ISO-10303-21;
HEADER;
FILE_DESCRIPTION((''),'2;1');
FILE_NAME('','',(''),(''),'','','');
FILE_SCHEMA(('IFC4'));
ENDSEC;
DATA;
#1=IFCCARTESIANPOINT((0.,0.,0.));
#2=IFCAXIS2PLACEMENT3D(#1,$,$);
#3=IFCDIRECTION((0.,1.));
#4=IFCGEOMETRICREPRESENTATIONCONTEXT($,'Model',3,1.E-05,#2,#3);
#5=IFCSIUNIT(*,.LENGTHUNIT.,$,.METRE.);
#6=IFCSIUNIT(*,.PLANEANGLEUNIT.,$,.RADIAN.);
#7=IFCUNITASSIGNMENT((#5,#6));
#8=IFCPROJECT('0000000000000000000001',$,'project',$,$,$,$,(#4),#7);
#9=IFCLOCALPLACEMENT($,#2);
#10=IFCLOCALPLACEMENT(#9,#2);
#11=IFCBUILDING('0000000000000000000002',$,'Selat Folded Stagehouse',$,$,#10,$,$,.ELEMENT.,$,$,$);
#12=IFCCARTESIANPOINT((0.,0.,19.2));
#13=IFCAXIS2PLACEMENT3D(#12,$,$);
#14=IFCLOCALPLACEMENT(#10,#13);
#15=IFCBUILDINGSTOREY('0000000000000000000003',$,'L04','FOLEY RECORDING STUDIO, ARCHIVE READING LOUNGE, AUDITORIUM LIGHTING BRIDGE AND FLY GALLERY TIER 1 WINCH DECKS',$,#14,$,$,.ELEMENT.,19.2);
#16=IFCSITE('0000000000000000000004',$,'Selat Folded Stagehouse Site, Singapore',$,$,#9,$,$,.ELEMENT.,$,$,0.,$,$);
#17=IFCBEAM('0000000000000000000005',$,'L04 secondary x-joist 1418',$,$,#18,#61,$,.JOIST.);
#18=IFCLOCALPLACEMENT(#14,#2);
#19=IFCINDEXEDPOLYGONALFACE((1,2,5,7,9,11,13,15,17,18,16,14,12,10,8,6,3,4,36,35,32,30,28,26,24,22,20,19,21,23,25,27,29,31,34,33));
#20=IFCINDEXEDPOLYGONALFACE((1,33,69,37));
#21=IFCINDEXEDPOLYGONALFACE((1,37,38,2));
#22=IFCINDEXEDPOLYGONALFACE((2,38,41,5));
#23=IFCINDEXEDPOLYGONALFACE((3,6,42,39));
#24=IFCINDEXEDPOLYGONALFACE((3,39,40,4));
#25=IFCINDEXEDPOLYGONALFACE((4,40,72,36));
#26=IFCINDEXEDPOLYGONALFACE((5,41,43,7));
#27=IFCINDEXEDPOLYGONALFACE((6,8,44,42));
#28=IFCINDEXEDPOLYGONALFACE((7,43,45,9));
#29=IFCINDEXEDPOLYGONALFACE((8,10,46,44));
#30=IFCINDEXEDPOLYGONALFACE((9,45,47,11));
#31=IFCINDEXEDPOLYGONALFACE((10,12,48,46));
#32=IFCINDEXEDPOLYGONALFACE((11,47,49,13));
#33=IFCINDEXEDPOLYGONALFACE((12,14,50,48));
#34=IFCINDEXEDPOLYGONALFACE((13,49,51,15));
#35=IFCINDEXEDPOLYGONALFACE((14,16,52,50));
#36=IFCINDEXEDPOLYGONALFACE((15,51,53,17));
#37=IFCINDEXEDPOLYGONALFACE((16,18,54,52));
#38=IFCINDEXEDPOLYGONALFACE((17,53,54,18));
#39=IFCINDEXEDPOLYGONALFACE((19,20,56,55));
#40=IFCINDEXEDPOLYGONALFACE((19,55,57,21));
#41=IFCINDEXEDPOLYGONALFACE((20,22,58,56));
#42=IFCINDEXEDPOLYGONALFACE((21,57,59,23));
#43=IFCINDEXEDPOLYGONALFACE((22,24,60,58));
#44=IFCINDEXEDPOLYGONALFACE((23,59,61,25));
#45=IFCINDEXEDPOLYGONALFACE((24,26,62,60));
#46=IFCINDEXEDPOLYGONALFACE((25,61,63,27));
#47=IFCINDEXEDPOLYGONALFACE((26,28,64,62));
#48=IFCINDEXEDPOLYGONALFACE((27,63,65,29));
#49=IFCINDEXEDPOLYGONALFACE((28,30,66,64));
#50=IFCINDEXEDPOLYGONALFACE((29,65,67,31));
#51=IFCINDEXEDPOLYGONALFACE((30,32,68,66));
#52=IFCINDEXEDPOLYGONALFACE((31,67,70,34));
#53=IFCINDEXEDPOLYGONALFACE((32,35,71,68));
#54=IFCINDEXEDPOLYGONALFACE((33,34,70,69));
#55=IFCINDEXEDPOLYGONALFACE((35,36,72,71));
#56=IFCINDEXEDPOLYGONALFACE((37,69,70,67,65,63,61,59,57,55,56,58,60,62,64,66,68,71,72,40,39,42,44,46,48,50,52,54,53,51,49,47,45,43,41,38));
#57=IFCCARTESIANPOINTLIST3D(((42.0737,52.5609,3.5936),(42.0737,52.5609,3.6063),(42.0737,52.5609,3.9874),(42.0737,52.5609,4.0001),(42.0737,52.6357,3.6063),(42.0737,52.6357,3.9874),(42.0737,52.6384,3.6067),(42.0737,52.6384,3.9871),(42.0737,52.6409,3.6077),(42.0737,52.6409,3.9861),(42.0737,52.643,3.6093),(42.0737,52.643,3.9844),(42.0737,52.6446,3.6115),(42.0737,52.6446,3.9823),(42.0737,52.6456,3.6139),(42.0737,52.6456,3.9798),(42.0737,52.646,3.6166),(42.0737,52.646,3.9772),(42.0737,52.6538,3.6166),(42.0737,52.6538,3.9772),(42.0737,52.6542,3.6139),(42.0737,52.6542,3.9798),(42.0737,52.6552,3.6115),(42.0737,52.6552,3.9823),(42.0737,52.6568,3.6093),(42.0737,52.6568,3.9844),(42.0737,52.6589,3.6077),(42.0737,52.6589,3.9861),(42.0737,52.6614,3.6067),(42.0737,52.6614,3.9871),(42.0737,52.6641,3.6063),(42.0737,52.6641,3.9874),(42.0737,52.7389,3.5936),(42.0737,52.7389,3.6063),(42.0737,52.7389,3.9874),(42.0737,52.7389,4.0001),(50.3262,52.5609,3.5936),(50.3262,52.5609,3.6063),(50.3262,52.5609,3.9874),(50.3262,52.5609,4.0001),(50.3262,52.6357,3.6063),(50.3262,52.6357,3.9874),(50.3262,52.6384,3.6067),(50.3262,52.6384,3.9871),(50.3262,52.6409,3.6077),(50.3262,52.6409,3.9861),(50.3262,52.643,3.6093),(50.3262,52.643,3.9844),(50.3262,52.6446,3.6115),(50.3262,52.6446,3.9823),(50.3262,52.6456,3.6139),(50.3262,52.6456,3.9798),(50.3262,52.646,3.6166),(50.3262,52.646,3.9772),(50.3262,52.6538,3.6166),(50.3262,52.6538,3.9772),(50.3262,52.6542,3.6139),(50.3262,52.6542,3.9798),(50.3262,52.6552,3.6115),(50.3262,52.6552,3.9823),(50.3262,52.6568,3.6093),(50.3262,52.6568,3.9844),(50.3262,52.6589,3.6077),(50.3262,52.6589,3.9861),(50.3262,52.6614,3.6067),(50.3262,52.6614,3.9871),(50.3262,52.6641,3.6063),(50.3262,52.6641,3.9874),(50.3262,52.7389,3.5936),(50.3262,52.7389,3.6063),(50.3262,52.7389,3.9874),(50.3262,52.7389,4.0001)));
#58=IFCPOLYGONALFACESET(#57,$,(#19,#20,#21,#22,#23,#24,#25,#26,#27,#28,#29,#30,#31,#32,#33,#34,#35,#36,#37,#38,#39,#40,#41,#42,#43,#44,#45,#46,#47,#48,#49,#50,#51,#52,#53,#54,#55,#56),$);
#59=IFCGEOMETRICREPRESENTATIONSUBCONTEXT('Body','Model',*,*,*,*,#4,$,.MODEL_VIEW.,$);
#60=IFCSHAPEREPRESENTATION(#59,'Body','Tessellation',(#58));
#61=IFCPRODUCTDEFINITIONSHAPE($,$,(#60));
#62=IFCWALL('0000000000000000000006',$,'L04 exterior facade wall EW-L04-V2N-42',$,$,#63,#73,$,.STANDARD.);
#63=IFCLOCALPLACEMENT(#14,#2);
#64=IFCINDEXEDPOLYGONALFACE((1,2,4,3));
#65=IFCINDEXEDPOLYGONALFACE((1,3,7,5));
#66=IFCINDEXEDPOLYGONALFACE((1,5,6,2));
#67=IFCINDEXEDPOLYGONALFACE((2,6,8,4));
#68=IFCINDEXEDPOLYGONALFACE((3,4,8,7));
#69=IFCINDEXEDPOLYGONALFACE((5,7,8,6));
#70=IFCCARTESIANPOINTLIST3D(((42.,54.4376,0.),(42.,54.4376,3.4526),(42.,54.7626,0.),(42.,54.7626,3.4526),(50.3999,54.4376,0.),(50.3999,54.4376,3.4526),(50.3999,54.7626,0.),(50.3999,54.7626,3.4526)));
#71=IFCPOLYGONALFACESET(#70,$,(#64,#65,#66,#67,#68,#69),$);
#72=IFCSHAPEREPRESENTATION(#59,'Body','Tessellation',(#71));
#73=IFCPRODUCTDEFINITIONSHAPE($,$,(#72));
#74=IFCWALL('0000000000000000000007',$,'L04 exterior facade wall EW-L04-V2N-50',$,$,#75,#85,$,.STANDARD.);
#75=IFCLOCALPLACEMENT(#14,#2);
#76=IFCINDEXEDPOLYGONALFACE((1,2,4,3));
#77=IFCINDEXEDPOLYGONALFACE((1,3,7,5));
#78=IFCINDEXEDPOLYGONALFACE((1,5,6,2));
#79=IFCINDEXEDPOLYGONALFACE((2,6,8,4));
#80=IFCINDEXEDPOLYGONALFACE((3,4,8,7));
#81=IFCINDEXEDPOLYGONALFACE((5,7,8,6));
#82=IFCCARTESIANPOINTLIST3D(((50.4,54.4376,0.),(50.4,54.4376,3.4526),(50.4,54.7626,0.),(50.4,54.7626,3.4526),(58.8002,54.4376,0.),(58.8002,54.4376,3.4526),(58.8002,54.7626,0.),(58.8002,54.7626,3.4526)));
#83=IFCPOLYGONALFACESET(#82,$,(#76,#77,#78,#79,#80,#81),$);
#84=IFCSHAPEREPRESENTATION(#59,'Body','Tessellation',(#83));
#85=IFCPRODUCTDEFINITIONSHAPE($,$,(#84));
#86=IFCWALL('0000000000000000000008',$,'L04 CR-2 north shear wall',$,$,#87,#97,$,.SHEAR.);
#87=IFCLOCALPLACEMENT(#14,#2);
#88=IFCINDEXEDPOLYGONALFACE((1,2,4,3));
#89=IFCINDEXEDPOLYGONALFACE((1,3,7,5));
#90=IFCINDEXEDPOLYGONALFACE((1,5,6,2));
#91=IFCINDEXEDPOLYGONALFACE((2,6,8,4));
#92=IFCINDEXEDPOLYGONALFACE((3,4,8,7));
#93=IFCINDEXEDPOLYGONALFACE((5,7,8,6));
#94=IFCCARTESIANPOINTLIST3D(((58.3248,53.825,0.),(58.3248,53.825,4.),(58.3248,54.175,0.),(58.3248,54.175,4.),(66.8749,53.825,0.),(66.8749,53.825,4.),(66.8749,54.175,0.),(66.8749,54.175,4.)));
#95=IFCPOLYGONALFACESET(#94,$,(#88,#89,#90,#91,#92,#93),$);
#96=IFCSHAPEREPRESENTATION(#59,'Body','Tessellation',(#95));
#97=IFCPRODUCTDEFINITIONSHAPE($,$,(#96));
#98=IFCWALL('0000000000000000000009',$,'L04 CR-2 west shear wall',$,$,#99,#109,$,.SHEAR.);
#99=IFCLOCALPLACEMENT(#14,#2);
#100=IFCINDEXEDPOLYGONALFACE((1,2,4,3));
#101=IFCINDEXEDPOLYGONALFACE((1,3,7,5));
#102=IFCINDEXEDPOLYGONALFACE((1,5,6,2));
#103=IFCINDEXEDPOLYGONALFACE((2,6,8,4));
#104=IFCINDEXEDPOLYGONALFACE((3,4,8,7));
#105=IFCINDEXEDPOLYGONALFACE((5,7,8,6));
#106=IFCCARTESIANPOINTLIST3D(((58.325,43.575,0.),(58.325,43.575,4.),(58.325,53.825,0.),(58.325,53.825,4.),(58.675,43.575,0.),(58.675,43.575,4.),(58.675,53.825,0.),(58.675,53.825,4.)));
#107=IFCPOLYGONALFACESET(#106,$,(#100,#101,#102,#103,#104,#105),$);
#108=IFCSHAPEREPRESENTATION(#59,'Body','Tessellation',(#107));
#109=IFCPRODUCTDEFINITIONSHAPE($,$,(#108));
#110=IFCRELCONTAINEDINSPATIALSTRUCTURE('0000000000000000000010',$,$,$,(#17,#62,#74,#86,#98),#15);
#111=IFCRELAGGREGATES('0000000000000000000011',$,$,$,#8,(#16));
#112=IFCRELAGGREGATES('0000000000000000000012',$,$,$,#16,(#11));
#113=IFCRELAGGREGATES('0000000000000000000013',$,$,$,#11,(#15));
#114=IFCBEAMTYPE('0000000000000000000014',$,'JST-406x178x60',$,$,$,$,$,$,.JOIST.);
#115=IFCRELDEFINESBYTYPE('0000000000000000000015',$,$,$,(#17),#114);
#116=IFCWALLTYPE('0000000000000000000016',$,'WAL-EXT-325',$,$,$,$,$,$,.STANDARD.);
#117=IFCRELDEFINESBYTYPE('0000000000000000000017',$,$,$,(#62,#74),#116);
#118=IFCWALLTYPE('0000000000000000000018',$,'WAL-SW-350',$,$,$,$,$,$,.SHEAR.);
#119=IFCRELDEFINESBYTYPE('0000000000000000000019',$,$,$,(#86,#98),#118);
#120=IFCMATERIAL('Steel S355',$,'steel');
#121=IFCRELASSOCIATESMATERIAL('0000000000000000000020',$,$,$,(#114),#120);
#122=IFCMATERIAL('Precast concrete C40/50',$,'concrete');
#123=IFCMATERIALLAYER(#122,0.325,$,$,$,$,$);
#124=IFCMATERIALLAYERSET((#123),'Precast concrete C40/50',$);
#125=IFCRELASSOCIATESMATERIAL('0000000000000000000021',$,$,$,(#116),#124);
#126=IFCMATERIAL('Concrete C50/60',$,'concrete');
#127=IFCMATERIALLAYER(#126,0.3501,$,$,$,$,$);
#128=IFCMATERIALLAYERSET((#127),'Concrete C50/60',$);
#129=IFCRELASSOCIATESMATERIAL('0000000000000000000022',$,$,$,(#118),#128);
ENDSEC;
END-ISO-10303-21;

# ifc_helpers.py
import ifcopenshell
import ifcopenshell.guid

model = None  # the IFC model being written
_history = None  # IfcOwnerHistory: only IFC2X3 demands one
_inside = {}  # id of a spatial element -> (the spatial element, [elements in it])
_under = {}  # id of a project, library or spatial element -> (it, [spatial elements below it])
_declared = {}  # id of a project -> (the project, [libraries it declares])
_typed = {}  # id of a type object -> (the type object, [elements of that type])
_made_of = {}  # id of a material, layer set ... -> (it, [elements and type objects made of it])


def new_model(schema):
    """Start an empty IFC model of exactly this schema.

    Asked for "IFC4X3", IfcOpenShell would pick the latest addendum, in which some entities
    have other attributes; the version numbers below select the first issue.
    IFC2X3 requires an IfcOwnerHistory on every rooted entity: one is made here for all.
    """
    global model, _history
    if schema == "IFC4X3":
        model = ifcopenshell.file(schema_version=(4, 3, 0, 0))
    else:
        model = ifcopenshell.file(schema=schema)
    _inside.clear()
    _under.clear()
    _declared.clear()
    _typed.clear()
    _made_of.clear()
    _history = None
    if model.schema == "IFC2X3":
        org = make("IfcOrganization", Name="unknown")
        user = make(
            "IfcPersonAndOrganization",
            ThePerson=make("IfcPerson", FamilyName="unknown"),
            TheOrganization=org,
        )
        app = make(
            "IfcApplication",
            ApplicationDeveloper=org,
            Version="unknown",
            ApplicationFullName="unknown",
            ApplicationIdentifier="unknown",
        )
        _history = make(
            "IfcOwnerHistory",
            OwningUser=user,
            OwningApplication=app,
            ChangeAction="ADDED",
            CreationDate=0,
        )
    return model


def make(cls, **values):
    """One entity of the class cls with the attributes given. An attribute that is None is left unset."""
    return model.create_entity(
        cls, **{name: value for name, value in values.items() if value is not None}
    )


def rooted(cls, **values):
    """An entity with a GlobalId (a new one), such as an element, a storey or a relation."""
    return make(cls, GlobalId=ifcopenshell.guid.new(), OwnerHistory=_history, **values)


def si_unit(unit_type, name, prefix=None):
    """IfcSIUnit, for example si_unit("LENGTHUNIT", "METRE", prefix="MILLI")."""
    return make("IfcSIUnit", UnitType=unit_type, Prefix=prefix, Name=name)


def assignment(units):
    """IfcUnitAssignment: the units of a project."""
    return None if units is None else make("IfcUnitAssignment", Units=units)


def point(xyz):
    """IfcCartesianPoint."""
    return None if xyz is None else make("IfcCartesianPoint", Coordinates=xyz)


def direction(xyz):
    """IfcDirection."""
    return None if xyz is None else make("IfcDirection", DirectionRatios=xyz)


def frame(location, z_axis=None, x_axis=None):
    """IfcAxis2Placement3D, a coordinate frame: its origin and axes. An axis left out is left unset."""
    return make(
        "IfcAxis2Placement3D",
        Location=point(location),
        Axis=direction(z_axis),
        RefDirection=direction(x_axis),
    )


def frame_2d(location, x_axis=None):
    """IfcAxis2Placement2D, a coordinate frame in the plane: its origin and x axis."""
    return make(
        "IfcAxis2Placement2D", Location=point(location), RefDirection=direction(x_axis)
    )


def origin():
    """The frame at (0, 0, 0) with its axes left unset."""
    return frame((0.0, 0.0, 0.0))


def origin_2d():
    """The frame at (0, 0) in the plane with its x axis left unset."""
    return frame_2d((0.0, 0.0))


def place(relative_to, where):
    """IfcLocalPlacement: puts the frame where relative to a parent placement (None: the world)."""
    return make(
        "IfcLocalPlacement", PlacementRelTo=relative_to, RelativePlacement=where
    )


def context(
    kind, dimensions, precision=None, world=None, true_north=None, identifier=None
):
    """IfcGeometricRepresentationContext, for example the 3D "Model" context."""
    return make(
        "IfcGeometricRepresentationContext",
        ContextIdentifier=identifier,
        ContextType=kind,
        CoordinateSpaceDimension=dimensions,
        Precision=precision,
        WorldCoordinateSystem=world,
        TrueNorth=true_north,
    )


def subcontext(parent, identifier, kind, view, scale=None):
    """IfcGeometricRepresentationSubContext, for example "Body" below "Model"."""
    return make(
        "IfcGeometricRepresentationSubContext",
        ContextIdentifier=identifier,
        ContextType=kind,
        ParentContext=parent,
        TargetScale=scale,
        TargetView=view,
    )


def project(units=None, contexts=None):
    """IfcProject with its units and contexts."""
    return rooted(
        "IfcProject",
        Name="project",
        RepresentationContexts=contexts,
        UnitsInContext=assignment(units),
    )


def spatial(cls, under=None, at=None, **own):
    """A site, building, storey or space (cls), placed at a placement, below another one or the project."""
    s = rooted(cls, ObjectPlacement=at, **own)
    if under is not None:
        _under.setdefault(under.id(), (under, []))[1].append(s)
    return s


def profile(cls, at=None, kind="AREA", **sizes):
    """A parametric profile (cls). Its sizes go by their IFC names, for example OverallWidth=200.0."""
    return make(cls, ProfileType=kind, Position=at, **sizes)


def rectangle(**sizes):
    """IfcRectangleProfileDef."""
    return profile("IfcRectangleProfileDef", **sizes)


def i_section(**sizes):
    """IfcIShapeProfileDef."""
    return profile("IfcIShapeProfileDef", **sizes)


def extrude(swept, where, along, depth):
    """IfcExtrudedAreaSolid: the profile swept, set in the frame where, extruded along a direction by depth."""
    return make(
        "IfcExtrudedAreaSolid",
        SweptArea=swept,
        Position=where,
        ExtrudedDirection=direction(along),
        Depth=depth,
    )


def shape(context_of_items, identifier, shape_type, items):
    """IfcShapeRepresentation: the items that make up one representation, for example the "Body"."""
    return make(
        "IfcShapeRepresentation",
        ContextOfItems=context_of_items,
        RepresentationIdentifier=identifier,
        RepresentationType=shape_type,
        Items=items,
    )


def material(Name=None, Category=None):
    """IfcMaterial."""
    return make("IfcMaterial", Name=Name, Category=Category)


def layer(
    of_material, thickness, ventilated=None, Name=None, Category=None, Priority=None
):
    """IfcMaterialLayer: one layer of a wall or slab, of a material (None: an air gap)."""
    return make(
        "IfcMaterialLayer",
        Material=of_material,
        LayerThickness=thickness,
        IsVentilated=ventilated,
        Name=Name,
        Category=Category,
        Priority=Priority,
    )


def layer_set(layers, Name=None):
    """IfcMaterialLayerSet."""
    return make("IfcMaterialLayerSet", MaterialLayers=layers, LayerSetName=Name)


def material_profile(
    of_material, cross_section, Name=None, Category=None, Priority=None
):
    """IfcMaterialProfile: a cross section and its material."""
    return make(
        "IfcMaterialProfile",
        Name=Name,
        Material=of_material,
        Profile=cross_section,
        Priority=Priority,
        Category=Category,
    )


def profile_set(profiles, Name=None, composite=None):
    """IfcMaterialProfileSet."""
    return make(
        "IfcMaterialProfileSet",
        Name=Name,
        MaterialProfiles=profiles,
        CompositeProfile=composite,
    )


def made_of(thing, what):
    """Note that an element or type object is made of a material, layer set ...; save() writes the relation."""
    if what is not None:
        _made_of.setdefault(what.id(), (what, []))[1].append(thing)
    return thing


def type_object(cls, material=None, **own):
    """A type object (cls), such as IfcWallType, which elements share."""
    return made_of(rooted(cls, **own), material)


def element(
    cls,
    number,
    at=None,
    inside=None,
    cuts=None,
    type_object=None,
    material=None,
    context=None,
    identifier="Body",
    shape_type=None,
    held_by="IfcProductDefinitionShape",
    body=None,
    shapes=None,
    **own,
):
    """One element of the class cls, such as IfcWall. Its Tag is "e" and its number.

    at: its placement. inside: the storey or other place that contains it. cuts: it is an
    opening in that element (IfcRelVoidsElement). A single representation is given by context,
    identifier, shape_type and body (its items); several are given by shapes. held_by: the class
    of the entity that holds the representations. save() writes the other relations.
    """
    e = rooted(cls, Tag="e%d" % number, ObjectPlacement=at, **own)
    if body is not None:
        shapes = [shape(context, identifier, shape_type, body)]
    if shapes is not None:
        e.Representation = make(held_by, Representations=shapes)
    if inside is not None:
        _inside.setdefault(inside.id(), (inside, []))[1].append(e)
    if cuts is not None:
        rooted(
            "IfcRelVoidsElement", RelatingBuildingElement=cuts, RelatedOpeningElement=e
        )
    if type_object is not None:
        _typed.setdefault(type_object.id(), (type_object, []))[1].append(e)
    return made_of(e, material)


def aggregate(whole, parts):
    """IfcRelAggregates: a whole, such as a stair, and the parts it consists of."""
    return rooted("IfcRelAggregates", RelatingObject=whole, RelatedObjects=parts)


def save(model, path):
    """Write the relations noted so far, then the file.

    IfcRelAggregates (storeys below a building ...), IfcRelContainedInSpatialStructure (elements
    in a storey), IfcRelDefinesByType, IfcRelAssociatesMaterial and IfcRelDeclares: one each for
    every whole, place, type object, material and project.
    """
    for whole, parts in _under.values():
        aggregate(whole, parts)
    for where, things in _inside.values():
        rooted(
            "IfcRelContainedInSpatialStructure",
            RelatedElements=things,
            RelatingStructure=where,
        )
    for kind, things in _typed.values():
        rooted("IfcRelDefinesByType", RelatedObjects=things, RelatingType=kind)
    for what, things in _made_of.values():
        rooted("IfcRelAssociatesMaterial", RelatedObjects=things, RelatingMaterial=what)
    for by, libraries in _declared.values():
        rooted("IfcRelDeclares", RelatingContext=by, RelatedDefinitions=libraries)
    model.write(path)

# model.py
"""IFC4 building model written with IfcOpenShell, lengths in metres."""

from ifc_helpers import new_model, si_unit, direction, frame, frame_2d, origin, origin_2d, place, context, subcontext, project, spatial, rectangle, i_section, extrude, material, layer, layer_set, material_profile, profile_set, type_object, element, save


model = new_model("IFC4")

# Units and contexts
model_context = context("Model", 3, precision=1e-05, world=origin(), true_north=direction((0.0, 1.0)))
body_context = subcontext(model_context, "Body", "Model", "MODEL_VIEW")
ifc_project = project(units=[si_unit("LENGTHUNIT", "METRE"), si_unit("PLANEANGLEUNIT", "RADIAN")], contexts=[model_context])

# Site, building, storey
site_placement = place(None, origin())
site = spatial("IfcSite", under=ifc_project, at=site_placement, Name="Selat Folded Stagehouse Site, Singapore", CompositionType="ELEMENT", RefElevation=0.0)
building_placement = place(site_placement, origin())
building = spatial("IfcBuilding", under=site, at=building_placement, Name="Selat Folded Stagehouse", CompositionType="ELEMENT")
storey_placement = place(building_placement, frame((0.0, 0.0, 19.2)))
storey = spatial("IfcBuildingStorey", under=building, at=storey_placement, Name="L04", Description="FOLEY RECORDING STUDIO, ARCHIVE READING LOUNGE, AUDITORIUM LIGHTING BRIDGE AND FLY GALLERY TIER 1 WINCH DECKS", CompositionType="ELEMENT", Elevation=19.2)

# Shared definitions
ifc_material_1 = material(Name="Steel S355", Category="steel")

# Beam
ifc_material_profile_1 = material_profile(ifc_material_1, i_section(OverallWidth=0.178, OverallDepth=0.4065, WebThickness=0.0078, FlangeThickness=0.0127, FilletRadius=0.0103, at=origin_2d()), Name="UKB 406x178x60")
ifc_profile_set_1 = profile_set([ifc_material_profile_1], Name="Steel S355")
beam_type_1 = type_object("IfcBeamType", Name="JST-406x178x60", PredefinedType="JOIST", material=ifc_profile_set_1)
for number, where, z_axis, x_axis, name in (
    (1, (42.0737, 52.6499, 3.7969), (1.0, 0.0, 0.0), (0.0, 1.0, 0.0), "L04 secondary x-joist 1418"),
):
    element("IfcBeam", number, at=place(storey_placement, frame(where, z_axis=z_axis, x_axis=x_axis)), inside=storey, type_object=beam_type_1, Name=name, PredefinedType="JOIST", context=body_context, shape_type="SweptSolid", body=[
        extrude(i_section(OverallWidth=0.178, OverallDepth=0.4065, WebThickness=0.0078, FlangeThickness=0.0127, FilletRadius=0.0103, at=origin_2d()), origin(), (0.0, 0.0, 1.0), 8.2524),
    ])

# Walls
ifc_material_2 = material(Name="Precast concrete C40/50", Category="concrete")
ifc_layer_1 = layer(ifc_material_2, 0.325)
ifc_layer_set_1 = layer_set([ifc_layer_1], Name="Precast concrete C40/50")
wall_type_1 = type_object("IfcWallType", Name="WAL-EXT-325", PredefinedType="STANDARD", material=ifc_layer_set_1)
wall_1_placement = place(storey_placement, frame((42.0, 54.6001, 0.0), z_axis=(0.0, 0.0, 1.0), x_axis=(1.0, 0.0, 0.0)))
element("IfcWall", 2, at=wall_1_placement, inside=storey, type_object=wall_type_1, Name="L04 exterior facade wall EW-L04-V2N-42", PredefinedType="STANDARD", context=body_context, shape_type="SweptSolid", body=[
    extrude(rectangle(XDim=8.3999, YDim=0.325, at=frame_2d((4.2, 0.0))), origin(), (0.0, 0.0, 1.0), 3.4526),
])
wall_2_placement = place(storey_placement, frame((50.3999, 54.6001, 0.0), z_axis=(0.0, 0.0, 1.0), x_axis=(1.0, 0.0, 0.0)))
element("IfcWall", 3, at=wall_2_placement, inside=storey, type_object=wall_type_1, Name="L04 exterior facade wall EW-L04-V2N-50", PredefinedType="STANDARD", context=body_context, shape_type="SweptSolid", body=[
    extrude(rectangle(XDim=8.4001, YDim=0.325, at=frame_2d((4.2002, 0.0))), origin(), (0.0, 0.0, 1.0), 3.4526),
])
ifc_material_3 = material(Name="Concrete C50/60", Category="concrete")
ifc_layer_2 = layer(ifc_material_3, 0.3501)
ifc_layer_set_2 = layer_set([ifc_layer_2], Name="Concrete C50/60")
wall_type_2 = type_object("IfcWallType", Name="WAL-SW-350", PredefinedType="SHEAR", material=ifc_layer_set_2)
wall_3_placement = place(storey_placement, frame((58.325, 54.0, 0.0), z_axis=(0.0, 0.0, 1.0), x_axis=(1.0, 0.0, 0.0)))
element("IfcWall", 4, at=wall_3_placement, inside=storey, type_object=wall_type_2, Name="L04 CR-2 north shear wall", PredefinedType="SHEAR", context=body_context, shape_type="SweptSolid", body=[
    extrude(rectangle(XDim=8.55, YDim=0.3501, at=frame_2d((4.2749, 0.0))), origin(), (0.0, 0.0, 1.0), 4.0),
])
wall_4_placement = place(storey_placement, frame((58.5, 43.575, 0.0), z_axis=(0.0, 0.0, 1.0), x_axis=(0.0, 1.0, 0.0)))
element("IfcWall", 5, at=wall_4_placement, inside=storey, type_object=wall_type_2, Name="L04 CR-2 west shear wall", PredefinedType="SHEAR", context=body_context, shape_type="SweptSolid", body=[
    extrude(rectangle(XDim=10.25, YDim=0.3501, at=frame_2d((5.125, 0.0))), origin(), (0.0, 0.0, 1.0), 4.0),
])

save(model, "model.ifc")
